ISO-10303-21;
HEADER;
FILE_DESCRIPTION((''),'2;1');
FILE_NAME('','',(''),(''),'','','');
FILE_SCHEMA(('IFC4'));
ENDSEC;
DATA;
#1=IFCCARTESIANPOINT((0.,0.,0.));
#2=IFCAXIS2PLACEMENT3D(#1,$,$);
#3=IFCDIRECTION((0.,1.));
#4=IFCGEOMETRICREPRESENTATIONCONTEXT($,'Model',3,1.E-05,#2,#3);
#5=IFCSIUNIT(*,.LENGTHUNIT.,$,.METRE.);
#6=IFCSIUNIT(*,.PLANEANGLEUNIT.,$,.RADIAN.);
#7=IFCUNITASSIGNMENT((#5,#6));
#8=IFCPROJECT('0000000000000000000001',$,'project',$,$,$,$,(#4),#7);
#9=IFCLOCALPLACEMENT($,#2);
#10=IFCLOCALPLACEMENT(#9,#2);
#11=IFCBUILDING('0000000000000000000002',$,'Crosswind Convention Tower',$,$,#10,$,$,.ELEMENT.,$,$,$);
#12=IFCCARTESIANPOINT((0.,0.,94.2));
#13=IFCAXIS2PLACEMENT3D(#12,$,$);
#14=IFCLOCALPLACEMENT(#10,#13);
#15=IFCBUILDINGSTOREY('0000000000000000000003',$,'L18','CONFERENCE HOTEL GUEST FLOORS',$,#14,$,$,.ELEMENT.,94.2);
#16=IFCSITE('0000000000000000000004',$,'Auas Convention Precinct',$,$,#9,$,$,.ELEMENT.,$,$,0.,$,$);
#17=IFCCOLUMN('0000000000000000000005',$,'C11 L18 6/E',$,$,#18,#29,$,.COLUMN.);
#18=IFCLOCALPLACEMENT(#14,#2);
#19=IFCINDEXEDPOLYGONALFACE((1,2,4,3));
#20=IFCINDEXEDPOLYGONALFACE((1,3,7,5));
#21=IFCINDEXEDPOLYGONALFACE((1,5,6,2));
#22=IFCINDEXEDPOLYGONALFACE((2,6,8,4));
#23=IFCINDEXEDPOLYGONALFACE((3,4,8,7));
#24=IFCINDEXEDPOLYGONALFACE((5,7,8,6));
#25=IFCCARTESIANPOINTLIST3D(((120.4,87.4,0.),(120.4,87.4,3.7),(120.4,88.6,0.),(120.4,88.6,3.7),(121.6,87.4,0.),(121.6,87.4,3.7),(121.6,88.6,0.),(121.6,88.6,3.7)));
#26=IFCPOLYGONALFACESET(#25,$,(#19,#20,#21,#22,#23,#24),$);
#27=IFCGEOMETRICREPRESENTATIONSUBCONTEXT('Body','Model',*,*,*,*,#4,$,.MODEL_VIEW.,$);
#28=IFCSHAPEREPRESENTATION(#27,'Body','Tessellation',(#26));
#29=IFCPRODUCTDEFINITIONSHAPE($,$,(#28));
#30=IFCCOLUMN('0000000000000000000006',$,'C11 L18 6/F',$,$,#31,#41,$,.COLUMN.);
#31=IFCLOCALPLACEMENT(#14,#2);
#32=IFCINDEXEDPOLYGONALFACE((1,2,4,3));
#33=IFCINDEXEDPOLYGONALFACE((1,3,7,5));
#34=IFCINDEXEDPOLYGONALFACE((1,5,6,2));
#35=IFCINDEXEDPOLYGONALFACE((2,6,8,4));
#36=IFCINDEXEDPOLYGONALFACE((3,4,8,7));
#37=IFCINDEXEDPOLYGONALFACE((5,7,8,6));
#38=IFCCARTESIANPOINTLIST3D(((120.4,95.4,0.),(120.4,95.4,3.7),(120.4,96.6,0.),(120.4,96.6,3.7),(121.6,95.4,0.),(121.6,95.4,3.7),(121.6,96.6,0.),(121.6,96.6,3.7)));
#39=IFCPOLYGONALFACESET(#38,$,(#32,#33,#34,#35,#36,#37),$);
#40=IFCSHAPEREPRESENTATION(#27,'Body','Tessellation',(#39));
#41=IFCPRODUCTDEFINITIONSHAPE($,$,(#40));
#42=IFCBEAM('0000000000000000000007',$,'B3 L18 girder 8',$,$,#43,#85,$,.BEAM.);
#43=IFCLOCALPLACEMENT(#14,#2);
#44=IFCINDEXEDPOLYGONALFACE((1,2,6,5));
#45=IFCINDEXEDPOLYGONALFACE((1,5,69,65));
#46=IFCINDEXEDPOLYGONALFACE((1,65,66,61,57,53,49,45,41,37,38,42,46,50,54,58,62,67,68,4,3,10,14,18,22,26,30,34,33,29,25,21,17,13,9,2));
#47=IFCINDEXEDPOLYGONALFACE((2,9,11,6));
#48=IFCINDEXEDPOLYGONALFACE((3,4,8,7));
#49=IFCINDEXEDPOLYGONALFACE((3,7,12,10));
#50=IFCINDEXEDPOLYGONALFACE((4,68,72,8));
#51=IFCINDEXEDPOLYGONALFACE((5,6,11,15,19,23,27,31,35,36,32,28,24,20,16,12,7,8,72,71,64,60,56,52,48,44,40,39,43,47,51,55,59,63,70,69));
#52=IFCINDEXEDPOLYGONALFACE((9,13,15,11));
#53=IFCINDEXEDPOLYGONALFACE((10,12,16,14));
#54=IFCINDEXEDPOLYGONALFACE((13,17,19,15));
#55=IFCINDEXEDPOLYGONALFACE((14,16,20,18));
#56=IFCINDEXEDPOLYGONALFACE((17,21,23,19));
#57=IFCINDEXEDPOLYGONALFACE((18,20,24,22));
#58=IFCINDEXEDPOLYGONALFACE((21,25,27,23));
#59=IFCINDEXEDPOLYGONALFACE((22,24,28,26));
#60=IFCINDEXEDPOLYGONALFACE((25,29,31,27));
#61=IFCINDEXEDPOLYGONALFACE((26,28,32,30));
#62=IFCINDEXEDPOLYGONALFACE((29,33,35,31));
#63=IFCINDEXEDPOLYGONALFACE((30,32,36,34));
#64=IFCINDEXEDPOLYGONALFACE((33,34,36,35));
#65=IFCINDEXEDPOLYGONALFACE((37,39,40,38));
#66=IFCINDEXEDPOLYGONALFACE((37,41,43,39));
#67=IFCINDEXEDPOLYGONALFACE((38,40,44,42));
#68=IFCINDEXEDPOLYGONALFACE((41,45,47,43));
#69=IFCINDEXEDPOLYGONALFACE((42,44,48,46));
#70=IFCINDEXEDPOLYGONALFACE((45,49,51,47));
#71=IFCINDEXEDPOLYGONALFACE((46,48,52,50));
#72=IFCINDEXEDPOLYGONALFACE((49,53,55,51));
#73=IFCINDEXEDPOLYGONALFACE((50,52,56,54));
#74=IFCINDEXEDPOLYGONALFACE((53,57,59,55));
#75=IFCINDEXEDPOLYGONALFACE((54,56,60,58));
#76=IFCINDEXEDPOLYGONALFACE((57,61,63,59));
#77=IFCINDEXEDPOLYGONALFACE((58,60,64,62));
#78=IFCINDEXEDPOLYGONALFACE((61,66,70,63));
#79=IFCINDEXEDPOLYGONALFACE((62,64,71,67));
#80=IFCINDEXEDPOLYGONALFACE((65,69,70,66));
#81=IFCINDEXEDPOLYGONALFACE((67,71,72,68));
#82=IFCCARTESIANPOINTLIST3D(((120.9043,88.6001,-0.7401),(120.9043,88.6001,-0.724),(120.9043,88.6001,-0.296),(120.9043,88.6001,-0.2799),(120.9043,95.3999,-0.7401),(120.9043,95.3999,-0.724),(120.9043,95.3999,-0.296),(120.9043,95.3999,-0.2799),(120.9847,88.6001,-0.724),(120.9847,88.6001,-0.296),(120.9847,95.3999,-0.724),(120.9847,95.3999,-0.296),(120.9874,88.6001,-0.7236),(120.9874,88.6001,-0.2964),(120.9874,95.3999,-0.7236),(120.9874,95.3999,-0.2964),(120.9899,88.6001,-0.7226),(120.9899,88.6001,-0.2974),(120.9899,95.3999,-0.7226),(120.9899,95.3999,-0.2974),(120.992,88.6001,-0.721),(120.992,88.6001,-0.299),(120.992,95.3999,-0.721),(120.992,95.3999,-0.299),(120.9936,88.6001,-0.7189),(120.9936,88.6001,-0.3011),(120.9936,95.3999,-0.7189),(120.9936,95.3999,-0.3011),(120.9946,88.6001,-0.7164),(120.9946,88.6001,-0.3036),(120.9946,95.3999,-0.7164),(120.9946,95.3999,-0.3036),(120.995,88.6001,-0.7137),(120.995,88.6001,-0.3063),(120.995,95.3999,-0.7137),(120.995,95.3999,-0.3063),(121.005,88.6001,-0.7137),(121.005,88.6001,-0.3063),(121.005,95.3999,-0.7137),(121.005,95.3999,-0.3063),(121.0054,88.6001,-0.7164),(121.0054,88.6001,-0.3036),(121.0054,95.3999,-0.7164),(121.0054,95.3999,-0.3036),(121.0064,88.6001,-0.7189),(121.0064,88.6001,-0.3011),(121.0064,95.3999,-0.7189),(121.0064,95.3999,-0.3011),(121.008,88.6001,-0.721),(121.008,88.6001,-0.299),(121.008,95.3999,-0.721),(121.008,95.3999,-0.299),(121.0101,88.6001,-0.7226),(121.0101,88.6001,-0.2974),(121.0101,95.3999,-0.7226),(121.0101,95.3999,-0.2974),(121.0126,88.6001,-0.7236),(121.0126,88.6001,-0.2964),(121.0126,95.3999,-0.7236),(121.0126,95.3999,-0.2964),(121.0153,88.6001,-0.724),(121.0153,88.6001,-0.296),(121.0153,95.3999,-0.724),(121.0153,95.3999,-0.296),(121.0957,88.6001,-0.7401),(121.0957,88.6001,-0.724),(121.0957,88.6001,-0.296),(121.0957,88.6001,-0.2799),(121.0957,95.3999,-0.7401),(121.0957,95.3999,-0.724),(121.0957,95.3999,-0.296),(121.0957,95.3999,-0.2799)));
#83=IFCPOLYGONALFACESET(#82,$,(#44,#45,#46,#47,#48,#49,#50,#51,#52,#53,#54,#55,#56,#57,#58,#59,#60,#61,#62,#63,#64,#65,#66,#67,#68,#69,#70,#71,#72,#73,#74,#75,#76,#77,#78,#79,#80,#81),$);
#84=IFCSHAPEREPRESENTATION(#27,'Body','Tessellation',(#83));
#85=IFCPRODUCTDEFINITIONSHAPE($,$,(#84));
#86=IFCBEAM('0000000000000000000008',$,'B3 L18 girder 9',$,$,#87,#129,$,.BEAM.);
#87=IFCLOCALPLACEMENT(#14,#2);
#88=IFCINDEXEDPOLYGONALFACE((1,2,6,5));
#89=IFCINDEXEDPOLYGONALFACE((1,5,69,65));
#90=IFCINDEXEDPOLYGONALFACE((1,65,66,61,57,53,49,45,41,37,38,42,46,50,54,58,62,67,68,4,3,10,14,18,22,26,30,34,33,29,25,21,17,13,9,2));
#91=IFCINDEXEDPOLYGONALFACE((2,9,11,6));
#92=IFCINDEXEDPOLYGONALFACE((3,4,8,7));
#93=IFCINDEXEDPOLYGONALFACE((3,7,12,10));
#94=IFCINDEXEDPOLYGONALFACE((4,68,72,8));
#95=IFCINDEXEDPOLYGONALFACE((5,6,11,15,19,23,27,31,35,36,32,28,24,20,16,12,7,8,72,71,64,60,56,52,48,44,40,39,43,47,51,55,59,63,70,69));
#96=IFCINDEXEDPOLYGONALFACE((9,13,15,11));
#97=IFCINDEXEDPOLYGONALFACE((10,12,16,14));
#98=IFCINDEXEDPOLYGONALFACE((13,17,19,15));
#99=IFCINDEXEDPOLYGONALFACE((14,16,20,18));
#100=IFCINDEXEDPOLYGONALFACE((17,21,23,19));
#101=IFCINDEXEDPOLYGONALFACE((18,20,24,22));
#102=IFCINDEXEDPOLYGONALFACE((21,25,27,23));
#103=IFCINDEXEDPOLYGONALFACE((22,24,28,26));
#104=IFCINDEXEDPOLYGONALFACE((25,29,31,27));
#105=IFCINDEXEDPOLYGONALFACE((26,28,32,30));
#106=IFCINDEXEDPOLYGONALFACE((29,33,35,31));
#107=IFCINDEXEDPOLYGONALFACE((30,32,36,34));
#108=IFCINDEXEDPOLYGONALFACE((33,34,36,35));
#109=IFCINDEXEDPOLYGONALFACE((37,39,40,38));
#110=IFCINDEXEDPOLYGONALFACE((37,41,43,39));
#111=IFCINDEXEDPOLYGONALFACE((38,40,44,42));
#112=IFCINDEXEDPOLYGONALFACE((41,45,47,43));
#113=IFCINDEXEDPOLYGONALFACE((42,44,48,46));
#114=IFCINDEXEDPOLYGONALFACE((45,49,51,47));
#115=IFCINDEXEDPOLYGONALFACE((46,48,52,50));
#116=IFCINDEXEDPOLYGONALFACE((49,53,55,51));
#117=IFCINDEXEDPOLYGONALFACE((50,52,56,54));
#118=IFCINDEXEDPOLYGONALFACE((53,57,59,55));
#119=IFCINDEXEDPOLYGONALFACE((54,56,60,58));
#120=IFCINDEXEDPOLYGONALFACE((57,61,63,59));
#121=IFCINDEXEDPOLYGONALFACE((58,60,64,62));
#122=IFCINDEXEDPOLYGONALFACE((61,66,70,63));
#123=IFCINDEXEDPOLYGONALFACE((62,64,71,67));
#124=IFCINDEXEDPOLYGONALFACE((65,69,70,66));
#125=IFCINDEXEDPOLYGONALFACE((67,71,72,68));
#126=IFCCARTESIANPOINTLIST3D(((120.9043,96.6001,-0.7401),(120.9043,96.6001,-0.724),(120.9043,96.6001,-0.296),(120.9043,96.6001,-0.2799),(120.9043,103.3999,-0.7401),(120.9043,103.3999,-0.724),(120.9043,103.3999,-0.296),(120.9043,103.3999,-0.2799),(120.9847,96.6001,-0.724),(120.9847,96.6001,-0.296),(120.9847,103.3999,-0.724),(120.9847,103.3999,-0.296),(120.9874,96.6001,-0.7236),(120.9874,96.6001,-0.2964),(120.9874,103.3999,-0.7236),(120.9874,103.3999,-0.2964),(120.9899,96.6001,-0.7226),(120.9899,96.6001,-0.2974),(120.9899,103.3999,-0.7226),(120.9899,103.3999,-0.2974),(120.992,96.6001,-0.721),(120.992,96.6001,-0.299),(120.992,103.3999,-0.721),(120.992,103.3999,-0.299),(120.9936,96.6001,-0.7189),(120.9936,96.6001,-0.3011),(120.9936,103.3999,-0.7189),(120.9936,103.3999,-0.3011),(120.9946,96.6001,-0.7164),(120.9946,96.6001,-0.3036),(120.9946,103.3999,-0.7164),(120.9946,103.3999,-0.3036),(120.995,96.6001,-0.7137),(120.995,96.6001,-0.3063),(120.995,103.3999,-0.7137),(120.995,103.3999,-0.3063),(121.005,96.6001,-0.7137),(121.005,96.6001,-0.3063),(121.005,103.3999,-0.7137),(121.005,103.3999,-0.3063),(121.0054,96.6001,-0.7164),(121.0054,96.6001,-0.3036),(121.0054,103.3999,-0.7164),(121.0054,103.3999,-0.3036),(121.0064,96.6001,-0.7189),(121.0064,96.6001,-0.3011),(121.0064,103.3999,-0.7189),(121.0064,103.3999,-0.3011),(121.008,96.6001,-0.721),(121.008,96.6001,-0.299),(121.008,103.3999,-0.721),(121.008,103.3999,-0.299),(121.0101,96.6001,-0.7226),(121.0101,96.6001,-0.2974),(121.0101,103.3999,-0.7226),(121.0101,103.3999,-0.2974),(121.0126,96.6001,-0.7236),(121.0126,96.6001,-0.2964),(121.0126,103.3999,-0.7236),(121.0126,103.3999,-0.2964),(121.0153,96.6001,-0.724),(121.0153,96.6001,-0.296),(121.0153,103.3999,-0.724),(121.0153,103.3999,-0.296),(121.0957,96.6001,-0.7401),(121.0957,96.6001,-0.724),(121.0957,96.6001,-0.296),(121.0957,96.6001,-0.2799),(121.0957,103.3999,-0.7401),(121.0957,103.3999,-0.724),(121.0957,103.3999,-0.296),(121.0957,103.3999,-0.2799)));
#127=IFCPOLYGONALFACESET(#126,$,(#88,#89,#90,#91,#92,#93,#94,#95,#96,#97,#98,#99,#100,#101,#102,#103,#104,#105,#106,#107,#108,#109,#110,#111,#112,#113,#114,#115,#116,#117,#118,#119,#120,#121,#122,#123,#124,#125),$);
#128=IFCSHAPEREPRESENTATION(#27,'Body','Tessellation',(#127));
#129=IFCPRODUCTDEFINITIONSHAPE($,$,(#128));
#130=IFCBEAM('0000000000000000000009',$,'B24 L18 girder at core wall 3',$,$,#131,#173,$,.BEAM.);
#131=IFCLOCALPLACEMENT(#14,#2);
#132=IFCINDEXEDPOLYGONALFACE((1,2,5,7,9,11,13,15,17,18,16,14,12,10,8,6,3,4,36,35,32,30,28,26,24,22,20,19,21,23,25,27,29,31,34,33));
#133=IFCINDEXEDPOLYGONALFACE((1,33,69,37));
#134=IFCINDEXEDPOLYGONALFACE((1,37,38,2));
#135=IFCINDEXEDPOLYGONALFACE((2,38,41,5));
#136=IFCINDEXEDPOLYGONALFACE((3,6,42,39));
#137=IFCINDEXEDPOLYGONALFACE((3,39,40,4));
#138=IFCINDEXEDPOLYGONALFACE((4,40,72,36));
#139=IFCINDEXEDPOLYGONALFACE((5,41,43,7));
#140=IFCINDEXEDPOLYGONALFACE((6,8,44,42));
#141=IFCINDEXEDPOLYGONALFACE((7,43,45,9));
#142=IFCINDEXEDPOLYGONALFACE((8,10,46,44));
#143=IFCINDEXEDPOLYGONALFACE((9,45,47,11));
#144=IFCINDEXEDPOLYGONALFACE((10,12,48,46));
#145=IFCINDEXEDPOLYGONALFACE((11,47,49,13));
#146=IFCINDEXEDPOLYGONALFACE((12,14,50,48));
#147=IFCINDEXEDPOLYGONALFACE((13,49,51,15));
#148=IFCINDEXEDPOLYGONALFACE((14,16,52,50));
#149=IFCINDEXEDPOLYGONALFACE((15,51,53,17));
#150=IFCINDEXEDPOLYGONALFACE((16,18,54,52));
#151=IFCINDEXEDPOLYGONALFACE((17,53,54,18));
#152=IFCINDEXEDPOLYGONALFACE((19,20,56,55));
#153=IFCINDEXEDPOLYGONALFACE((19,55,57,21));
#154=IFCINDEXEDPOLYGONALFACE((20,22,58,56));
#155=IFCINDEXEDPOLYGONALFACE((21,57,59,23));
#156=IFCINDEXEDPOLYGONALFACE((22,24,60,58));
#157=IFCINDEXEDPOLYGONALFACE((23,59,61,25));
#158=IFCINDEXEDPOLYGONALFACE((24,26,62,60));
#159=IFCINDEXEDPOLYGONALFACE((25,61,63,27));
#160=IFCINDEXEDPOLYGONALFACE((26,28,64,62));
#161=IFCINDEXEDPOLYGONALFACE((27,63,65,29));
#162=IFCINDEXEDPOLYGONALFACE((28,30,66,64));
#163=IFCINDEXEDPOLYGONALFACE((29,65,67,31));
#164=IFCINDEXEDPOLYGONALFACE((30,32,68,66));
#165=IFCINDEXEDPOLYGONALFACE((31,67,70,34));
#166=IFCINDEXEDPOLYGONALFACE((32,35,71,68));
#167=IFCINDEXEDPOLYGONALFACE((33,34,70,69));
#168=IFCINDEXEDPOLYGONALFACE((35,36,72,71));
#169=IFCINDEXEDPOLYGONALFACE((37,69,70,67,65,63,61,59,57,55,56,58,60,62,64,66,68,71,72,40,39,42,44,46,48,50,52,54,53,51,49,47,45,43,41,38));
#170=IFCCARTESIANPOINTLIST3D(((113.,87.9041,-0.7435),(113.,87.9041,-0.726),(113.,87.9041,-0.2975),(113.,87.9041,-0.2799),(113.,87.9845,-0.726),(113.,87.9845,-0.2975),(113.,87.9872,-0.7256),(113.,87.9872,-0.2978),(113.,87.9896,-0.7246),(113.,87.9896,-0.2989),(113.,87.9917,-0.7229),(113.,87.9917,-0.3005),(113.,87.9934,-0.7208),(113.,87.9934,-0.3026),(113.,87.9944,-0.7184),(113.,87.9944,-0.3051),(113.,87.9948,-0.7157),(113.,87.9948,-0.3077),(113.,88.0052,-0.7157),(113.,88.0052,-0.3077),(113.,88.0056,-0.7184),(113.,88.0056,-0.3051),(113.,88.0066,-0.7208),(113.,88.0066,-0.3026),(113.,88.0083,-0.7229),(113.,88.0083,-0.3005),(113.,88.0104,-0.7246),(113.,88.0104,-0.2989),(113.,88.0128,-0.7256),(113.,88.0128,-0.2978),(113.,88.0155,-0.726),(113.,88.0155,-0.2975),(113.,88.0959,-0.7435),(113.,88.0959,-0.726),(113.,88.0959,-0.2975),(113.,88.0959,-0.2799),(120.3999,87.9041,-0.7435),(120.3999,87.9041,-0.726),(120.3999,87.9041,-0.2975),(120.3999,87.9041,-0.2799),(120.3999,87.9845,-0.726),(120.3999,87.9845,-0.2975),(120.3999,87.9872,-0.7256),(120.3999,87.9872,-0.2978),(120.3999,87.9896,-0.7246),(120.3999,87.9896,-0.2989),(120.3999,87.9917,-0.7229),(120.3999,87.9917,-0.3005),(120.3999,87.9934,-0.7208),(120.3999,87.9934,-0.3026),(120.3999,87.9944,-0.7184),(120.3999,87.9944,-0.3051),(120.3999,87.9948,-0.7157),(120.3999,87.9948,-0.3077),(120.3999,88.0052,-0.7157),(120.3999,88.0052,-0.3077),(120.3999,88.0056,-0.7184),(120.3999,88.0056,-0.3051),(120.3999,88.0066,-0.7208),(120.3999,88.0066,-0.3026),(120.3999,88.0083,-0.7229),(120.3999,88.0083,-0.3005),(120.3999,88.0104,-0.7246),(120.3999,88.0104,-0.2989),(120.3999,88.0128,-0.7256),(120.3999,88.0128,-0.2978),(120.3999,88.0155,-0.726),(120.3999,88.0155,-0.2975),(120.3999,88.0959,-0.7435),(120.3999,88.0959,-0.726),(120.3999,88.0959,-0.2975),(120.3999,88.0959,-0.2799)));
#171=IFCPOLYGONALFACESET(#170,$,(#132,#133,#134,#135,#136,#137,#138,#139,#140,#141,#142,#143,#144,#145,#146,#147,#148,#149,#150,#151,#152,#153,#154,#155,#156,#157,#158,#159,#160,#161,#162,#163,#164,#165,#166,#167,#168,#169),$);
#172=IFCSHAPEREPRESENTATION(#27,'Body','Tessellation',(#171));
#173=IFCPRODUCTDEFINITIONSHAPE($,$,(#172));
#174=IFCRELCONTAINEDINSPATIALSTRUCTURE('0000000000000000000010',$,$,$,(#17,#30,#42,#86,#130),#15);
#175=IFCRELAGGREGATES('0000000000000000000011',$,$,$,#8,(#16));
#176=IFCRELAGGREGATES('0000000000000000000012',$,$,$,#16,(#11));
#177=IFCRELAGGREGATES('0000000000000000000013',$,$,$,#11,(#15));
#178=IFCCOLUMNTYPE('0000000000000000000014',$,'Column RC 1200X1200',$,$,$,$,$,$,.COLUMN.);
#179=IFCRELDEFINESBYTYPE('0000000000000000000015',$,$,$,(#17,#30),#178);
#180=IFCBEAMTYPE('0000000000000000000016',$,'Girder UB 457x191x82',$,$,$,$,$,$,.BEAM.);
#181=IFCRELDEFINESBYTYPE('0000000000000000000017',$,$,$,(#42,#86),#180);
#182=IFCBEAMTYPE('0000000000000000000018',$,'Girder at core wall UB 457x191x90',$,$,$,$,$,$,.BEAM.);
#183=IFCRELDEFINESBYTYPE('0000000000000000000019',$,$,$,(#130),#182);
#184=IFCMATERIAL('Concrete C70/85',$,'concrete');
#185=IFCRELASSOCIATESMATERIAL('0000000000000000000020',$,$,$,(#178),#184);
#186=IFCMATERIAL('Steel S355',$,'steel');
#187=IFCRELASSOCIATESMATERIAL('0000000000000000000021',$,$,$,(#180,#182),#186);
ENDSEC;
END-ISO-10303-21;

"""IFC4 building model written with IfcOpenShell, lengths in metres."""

from ifc_helpers import new_model, si_unit, direction, frame, origin, origin_2d, place, context, subcontext, project, spatial, rectangle, i_section, extrude, material, material_profile, profile_set, type_object, element, save


model = new_model("IFC4")

# Units and contexts
model_context = context("Model", 3, precision=1e-05, world=origin(), true_north=direction((0.0, 1.0)))
body_context = subcontext(model_context, "Body", "Model", "MODEL_VIEW")
ifc_project = project(units=[si_unit("LENGTHUNIT", "METRE"), si_unit("PLANEANGLEUNIT", "RADIAN")], contexts=[model_context])

# Site, building, storey
site_placement = place(None, origin())
site = spatial("IfcSite", under=ifc_project, at=site_placement, Name="Auas Convention Precinct", CompositionType="ELEMENT", RefElevation=0.0)
building_placement = place(site_placement, origin())
building = spatial("IfcBuilding", under=site, at=building_placement, Name="Crosswind Convention Tower", CompositionType="ELEMENT")
storey_placement = place(building_placement, frame((0.0, 0.0, 94.2)))
storey = spatial("IfcBuildingStorey", under=building, at=storey_placement, Name="L18", Description="CONFERENCE HOTEL GUEST FLOORS", CompositionType="ELEMENT", Elevation=94.2)

# Columns
ifc_material_1 = material(Name="Concrete C70/85", Category="concrete")
ifc_material_profile_1 = material_profile(ifc_material_1, rectangle(XDim=1.2, YDim=1.2, at=origin_2d()), Name="RC 1200X1200")
ifc_profile_set_1 = profile_set([ifc_material_profile_1], Name="Concrete C70/85")
column_type = type_object("IfcColumnType", Name="Column RC 1200X1200", PredefinedType="COLUMN", material=ifc_profile_set_1)
for number, where, z_axis, x_axis, name in (
    (1, (121.0, 88.0, 0.0), (0.0, 0.0, 1.0), (1.0, 0.0, 0.0), "C11 L18 6/E"),
    (2, (121.0, 96.0, 0.0), (0.0, 0.0, 1.0), (1.0, 0.0, 0.0), "C11 L18 6/F"),
):
    element("IfcColumn", number, at=place(storey_placement, frame(where, z_axis=z_axis, x_axis=x_axis)), inside=storey, type_object=column_type, Name=name, PredefinedType="COLUMN", context=body_context, shape_type="SweptSolid", body=[
        extrude(rectangle(XDim=1.2, YDim=1.2, at=origin_2d()), origin(), (0.0, 0.0, 1.0), 3.7),
    ])

# Beams
ifc_material_2 = material(Name="Steel S355", Category="steel")
ifc_material_profile_2 = material_profile(ifc_material_2, i_section(OverallWidth=0.1914, OverallDepth=0.4602, WebThickness=0.01, FlangeThickness=0.0161, FilletRadius=0.0103, at=origin_2d()), Name="UB 457x191x82")
ifc_profile_set_2 = profile_set([ifc_material_profile_2], Name="Steel S355")
beam_type_1 = type_object("IfcBeamType", Name="Girder UB 457x191x82", PredefinedType="BEAM", material=ifc_profile_set_2)
for number, where, z_axis, x_axis, name in (
    (3, (121.0, 88.6001, -0.51), (0.0, 1.0, 0.0), (-1.0, 0.0, 0.0), "B3 L18 girder 8"),
    (4, (121.0, 96.6001, -0.51), (0.0, 1.0, 0.0), (-1.0, 0.0, 0.0), "B3 L18 girder 9"),
):
    element("IfcBeam", number, at=place(storey_placement, frame(where, z_axis=z_axis, x_axis=x_axis)), inside=storey, type_object=beam_type_1, Name=name, PredefinedType="BEAM", context=body_context, shape_type="SweptSolid", body=[
        extrude(i_section(OverallWidth=0.1914, OverallDepth=0.4602, WebThickness=0.01, FlangeThickness=0.0161, FilletRadius=0.0103, at=origin_2d()), origin(), (0.0, 0.0, 1.0), 6.7998),
    ])
ifc_material_profile_3 = material_profile(ifc_material_2, i_section(OverallWidth=0.1919, OverallDepth=0.4636, WebThickness=0.0105, FlangeThickness=0.0176, FilletRadius=0.0103, at=origin_2d()), Name="UB 457x191x90")
ifc_profile_set_3 = profile_set([ifc_material_profile_3], Name="Steel S355")
beam_type_2 = type_object("IfcBeamType", Name="Girder at core wall UB 457x191x90", PredefinedType="BEAM", material=ifc_profile_set_3)
for number, where, z_axis, x_axis, name in (
    (5, (113.0, 88.0, -0.5117), (1.0, 0.0, 0.0), (0.0, 1.0, 0.0), "B24 L18 girder at core wall 3"),
):
    element("IfcBeam", number, at=place(storey_placement, frame(where, z_axis=z_axis, x_axis=x_axis)), inside=storey, type_object=beam_type_2, Name=name, PredefinedType="BEAM", context=body_context, shape_type="SweptSolid", body=[
        extrude(i_section(OverallWidth=0.1919, OverallDepth=0.4636, WebThickness=0.0105, FlangeThickness=0.0176, FilletRadius=0.0103, at=origin_2d()), origin(), (0.0, 0.0, 1.0), 7.3999),
    ])

save(model, "model.ifc")
